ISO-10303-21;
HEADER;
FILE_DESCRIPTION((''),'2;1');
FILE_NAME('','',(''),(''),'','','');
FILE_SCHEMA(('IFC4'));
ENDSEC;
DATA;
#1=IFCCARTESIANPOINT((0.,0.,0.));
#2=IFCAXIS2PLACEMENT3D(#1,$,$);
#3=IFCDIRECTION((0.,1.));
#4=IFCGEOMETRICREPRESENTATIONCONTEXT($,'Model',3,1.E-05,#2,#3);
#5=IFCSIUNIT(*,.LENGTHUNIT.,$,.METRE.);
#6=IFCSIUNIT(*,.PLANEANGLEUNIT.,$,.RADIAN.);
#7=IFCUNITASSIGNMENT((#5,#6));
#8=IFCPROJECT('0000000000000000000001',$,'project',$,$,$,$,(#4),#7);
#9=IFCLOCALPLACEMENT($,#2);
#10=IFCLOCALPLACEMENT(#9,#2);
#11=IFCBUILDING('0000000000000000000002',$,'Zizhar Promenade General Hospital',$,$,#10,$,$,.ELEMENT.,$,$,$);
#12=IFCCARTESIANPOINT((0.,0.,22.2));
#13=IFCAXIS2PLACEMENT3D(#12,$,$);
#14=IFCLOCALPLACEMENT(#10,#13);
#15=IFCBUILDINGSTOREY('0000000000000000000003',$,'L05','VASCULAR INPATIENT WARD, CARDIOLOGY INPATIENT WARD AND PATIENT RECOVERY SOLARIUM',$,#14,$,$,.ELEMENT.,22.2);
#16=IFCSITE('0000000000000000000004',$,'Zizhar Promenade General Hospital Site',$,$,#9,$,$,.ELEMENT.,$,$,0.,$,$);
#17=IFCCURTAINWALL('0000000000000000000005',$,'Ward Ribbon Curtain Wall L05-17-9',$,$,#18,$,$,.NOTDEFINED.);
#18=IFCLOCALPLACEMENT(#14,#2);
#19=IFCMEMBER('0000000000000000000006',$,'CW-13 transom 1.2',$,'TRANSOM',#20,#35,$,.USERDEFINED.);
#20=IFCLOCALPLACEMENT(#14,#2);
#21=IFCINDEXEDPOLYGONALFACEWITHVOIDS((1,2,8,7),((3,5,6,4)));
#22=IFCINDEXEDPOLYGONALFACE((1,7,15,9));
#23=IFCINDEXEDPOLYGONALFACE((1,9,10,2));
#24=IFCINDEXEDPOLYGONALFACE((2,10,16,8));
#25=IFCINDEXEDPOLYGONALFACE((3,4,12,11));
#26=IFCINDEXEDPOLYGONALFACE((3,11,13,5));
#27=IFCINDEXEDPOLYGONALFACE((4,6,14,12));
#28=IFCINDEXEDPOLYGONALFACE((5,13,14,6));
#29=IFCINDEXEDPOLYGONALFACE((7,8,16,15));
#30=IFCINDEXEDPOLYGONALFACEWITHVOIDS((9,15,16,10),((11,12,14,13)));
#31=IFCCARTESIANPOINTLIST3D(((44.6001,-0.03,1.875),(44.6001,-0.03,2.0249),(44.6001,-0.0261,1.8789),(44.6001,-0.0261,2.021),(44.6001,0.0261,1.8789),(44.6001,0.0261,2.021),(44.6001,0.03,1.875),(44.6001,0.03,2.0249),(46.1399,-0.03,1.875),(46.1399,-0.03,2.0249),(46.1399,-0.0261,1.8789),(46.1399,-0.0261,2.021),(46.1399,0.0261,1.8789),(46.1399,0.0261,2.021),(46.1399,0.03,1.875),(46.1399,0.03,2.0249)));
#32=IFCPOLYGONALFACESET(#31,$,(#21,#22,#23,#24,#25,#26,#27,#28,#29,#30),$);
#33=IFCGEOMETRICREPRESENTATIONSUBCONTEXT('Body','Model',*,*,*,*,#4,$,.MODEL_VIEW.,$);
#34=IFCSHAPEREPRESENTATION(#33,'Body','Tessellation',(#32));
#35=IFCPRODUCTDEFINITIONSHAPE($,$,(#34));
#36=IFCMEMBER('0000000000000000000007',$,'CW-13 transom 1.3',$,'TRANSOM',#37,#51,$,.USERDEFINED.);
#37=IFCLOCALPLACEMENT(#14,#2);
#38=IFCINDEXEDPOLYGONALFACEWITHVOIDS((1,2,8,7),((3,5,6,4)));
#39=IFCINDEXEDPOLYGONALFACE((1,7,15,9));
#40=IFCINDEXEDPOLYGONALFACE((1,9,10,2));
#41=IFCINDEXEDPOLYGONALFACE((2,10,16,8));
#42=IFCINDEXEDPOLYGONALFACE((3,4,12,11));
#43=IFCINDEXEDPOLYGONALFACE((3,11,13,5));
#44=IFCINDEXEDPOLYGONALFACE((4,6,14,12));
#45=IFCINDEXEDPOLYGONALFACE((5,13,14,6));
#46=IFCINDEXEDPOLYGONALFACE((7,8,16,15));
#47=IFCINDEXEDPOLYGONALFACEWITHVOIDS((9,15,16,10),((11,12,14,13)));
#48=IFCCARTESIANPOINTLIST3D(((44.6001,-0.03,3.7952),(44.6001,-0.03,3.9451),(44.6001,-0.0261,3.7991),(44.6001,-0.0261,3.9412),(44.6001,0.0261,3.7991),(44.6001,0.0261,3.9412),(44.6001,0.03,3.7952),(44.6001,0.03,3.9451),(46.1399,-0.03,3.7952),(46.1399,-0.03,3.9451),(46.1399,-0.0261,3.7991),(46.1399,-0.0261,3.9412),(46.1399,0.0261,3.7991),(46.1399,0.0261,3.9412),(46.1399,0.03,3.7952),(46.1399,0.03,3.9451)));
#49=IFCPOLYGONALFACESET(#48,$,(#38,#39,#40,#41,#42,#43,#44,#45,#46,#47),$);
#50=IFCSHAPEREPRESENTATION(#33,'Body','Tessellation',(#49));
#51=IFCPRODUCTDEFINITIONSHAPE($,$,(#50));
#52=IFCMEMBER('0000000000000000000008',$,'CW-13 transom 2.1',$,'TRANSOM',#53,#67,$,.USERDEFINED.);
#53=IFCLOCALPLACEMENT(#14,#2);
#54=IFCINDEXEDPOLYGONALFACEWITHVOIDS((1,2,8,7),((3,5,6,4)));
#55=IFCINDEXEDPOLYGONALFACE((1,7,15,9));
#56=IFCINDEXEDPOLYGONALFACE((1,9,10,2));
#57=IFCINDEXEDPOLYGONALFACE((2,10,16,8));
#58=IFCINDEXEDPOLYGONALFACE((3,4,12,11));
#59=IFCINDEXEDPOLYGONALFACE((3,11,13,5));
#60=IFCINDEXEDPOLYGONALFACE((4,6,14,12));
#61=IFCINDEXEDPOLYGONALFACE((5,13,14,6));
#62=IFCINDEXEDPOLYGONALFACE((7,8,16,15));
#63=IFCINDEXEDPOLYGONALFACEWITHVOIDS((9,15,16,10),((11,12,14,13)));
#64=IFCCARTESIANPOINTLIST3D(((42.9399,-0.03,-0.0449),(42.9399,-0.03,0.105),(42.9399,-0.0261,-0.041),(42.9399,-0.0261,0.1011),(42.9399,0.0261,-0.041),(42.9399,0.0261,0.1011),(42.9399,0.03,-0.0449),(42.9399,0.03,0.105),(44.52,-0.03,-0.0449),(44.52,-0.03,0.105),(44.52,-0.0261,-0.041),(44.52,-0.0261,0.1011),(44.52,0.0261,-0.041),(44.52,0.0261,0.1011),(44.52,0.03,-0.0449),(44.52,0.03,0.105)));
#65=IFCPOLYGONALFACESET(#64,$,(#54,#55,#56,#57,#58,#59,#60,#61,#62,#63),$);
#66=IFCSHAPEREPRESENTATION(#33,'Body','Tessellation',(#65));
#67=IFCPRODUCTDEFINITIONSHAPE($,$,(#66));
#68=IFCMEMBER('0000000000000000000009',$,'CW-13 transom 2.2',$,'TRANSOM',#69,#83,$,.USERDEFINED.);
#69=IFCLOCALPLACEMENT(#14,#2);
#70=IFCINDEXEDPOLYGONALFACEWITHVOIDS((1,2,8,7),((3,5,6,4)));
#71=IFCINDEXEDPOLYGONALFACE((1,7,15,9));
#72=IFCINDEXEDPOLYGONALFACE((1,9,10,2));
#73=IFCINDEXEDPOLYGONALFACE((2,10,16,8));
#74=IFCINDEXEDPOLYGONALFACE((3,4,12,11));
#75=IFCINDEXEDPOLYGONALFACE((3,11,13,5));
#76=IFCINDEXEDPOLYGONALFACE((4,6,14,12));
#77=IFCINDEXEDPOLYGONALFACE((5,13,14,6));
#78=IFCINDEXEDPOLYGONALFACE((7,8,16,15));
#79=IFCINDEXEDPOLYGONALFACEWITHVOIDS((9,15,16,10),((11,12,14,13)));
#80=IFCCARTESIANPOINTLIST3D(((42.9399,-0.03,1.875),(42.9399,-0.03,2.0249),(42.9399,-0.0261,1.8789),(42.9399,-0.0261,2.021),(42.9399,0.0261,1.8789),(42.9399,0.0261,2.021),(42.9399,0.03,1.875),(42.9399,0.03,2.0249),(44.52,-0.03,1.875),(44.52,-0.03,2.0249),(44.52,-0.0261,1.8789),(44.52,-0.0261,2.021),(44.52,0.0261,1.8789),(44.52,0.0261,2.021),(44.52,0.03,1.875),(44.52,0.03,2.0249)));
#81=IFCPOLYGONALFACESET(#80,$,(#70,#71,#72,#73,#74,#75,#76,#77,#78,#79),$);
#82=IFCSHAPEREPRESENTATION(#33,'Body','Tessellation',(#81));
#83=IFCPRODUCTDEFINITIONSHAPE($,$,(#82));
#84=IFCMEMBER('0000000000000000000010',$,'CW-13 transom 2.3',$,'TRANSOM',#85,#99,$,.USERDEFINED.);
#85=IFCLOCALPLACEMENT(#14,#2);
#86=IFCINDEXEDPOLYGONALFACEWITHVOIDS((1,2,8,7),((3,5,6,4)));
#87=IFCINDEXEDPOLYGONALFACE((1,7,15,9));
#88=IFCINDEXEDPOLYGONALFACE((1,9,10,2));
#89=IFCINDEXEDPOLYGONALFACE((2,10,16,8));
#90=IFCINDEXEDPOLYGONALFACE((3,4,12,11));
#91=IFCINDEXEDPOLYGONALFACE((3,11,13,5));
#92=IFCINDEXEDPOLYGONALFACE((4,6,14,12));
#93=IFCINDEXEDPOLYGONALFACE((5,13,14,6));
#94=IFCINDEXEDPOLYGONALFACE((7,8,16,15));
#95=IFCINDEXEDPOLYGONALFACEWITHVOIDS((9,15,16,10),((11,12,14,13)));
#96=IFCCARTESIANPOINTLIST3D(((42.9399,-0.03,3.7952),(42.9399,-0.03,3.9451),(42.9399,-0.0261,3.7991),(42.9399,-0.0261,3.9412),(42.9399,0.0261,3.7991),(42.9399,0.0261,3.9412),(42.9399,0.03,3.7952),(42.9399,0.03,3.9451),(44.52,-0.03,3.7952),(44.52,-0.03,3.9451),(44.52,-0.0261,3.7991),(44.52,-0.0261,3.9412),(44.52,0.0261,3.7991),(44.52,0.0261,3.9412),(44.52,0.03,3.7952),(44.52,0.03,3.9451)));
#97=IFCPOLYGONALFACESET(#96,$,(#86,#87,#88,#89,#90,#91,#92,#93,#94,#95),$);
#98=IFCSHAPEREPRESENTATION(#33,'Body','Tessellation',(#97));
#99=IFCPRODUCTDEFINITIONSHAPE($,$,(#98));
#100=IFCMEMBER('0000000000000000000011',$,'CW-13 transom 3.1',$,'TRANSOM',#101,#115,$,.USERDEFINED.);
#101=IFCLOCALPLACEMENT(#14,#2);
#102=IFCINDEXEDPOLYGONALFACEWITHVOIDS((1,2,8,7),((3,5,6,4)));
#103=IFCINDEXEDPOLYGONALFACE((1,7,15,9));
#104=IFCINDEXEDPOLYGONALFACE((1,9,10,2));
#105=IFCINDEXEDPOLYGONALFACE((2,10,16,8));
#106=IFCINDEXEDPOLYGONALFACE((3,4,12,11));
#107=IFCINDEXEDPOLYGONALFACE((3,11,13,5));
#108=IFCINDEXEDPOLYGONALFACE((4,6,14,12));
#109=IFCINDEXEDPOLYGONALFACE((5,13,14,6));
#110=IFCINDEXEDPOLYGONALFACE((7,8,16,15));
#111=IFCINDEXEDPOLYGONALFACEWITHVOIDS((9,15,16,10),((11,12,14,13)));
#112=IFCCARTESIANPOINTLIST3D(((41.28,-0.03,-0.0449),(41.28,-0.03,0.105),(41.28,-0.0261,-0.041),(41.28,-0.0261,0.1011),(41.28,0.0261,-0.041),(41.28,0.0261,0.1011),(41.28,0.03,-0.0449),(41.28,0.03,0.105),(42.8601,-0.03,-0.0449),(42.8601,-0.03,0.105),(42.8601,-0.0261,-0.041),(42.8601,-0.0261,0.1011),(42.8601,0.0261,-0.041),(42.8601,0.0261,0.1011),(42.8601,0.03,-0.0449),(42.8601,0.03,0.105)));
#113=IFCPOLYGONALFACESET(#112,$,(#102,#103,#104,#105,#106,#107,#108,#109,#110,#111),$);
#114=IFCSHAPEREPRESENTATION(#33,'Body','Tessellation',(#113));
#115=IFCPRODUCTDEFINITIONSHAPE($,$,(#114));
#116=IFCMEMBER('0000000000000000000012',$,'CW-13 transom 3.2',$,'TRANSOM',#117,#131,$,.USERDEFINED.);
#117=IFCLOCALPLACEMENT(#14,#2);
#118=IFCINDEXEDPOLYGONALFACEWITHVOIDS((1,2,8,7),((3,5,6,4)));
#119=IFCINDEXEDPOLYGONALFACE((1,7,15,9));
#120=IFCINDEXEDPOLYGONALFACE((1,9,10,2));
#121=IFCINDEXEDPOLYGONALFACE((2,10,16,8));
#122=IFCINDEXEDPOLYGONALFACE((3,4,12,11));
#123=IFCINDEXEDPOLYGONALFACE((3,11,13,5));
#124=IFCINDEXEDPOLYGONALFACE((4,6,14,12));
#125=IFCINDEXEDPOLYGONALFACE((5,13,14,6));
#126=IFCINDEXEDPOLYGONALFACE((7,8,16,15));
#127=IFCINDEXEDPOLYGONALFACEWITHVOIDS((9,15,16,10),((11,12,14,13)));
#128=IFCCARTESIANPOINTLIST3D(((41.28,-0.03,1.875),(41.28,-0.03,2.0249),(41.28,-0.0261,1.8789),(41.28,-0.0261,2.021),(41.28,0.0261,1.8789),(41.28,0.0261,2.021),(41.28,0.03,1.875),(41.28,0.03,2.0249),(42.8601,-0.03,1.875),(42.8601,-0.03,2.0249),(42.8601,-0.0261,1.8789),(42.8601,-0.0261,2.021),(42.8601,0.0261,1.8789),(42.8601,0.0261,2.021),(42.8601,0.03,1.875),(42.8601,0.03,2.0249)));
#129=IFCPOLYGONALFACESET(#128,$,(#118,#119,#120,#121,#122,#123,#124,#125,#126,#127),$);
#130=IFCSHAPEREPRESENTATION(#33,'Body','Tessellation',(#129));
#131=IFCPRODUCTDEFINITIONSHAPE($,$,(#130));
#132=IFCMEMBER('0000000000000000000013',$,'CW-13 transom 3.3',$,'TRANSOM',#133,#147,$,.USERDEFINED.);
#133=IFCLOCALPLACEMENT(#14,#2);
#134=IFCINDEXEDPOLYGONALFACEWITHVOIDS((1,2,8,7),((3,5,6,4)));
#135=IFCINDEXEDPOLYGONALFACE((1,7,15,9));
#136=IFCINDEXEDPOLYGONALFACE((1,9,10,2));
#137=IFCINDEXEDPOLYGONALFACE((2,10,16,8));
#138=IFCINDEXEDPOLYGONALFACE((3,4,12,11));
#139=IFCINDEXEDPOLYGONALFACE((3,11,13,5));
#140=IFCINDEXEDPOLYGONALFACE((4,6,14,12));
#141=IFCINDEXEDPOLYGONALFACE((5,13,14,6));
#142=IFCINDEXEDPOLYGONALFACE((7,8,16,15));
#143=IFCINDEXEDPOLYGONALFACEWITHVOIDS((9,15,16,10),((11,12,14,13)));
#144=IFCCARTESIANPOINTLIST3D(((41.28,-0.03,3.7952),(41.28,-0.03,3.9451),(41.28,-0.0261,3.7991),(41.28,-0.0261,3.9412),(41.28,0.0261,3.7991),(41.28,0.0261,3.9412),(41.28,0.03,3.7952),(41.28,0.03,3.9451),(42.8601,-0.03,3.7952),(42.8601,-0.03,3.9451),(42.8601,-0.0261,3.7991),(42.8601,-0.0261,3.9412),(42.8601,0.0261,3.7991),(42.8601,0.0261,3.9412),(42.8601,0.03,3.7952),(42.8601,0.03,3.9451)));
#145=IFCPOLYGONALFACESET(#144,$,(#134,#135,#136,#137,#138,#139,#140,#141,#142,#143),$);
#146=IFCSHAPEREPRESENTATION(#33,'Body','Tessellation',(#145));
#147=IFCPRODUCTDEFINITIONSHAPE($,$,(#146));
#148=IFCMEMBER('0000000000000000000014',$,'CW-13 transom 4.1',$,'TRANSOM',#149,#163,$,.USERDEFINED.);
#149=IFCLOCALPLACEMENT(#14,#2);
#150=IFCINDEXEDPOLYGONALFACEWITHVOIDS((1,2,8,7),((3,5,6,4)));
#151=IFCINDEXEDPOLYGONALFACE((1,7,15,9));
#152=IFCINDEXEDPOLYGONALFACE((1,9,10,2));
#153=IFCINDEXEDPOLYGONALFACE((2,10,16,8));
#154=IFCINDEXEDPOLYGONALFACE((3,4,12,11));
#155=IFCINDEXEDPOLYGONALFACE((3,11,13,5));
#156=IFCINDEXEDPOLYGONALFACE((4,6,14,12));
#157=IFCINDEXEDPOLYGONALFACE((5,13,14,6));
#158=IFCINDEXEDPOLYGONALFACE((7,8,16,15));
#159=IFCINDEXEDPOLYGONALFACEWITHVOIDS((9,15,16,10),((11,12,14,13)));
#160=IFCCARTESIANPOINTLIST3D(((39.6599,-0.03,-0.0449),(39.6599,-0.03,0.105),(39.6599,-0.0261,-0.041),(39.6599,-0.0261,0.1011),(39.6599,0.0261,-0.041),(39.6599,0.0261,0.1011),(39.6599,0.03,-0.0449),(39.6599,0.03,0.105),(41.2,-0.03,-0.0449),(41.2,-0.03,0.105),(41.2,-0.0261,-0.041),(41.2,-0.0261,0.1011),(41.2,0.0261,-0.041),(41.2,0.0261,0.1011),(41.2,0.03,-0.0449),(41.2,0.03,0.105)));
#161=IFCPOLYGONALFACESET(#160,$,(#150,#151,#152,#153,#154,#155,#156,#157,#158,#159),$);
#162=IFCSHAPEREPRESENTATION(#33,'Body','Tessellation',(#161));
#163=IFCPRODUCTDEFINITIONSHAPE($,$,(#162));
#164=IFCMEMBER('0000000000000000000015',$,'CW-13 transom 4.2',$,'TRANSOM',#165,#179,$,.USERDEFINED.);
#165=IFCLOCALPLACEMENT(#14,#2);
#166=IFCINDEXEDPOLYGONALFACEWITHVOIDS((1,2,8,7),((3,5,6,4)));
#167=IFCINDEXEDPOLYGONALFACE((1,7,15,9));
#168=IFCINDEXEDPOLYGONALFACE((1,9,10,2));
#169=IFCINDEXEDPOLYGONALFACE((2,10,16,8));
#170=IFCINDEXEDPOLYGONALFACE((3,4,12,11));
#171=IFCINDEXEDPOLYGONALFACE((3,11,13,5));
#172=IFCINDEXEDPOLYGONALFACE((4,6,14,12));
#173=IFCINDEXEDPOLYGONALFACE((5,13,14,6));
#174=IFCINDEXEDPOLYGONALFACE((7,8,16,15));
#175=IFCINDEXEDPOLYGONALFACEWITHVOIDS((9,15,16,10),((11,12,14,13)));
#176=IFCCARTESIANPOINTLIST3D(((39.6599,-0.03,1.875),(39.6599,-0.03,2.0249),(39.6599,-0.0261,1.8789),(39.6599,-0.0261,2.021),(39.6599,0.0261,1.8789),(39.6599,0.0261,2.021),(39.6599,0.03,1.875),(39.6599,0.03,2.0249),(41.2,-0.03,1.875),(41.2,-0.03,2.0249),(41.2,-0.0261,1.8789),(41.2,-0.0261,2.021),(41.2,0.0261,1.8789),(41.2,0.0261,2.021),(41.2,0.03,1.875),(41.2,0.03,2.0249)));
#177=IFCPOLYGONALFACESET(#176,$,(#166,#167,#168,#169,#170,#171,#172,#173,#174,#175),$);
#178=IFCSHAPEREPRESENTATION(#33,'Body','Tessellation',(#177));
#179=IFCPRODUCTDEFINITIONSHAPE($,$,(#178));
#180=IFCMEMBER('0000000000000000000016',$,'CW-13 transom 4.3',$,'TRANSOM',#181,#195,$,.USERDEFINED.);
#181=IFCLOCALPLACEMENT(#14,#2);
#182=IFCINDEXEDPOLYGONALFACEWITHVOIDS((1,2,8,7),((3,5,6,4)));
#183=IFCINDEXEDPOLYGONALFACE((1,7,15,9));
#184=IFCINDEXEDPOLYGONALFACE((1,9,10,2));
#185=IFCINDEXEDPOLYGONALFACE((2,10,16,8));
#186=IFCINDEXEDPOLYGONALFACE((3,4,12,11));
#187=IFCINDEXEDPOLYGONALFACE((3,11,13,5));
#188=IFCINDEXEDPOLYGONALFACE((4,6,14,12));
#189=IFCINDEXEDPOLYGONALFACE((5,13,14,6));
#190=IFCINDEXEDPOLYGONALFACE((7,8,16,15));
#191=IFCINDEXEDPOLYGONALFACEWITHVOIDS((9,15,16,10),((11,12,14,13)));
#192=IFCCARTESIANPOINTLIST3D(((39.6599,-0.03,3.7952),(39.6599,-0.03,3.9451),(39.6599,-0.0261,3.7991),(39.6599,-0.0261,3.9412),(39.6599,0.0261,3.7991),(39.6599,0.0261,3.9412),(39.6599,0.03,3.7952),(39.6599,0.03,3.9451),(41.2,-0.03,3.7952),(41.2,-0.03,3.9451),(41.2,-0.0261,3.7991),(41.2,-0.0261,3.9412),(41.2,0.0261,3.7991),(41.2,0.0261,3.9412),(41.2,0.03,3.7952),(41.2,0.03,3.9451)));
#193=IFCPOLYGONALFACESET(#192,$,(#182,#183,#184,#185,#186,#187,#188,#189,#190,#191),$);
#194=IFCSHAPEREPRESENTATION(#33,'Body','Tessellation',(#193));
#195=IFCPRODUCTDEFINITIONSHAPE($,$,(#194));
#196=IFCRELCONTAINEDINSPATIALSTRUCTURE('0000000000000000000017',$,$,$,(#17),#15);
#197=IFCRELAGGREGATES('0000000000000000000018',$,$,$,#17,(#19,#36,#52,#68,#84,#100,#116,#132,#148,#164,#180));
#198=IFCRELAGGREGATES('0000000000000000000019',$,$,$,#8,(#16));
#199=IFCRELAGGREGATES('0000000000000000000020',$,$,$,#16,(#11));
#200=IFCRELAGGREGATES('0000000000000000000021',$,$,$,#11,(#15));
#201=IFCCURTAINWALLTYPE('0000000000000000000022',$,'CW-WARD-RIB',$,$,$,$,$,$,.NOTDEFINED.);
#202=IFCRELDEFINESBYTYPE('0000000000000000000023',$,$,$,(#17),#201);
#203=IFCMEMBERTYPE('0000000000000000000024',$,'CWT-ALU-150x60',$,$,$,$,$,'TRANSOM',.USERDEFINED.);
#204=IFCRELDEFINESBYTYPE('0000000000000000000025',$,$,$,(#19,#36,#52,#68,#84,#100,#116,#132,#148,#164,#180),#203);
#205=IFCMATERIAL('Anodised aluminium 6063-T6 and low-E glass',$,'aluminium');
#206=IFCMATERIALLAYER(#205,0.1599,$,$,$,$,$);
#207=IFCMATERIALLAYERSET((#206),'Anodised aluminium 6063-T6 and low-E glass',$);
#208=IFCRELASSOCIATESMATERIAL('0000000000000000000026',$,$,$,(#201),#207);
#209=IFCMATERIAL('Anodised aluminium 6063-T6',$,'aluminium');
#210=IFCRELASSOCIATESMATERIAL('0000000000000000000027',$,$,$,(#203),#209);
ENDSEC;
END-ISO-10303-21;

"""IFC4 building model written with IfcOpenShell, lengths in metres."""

from ifc_helpers import new_model, si_unit, direction, frame, origin, origin_2d, place, context, subcontext, project, spatial, hollow_rectangle, extrude, material, layer, layer_set, material_profile, profile_set, type_object, element, aggregate, save


model = new_model("IFC4")

# Units and contexts
model_context = context("Model", 3, precision=1e-05, world=origin(), true_north=direction((0.0, 1.0)))
body_context = subcontext(model_context, "Body", "Model", "MODEL_VIEW")
ifc_project = project(units=[si_unit("LENGTHUNIT", "METRE"), si_unit("PLANEANGLEUNIT", "RADIAN")], contexts=[model_context])

# Site, building, storey
site_placement = place(None, origin())
site = spatial("IfcSite", under=ifc_project, at=site_placement, Name="Zizhar Promenade General Hospital Site", CompositionType="ELEMENT", RefElevation=0.0)
building_placement = place(site_placement, origin())
building = spatial("IfcBuilding", under=site, at=building_placement, Name="Zizhar Promenade General Hospital", CompositionType="ELEMENT")
storey_placement = place(building_placement, frame((0.0, 0.0, 22.2)))
storey = spatial("IfcBuildingStorey", under=building, at=storey_placement, Name="L05", Description="VASCULAR INPATIENT WARD, CARDIOLOGY INPATIENT WARD AND PATIENT RECOVERY SOLARIUM", CompositionType="ELEMENT", Elevation=22.2)

# Shared definitions
ifc_material_1 = material(Name="Anodised aluminium 6063-T6 and low-E glass", Category="aluminium")
ifc_layer_1 = layer(ifc_material_1, 0.1599)
ifc_layer_set_1 = layer_set([ifc_layer_1], Name="Anodised aluminium 6063-T6 and low-E glass")
curtain_wall_type = type_object("IfcCurtainWallType", Name="CW-WARD-RIB", PredefinedType="NOTDEFINED", material=ifc_layer_set_1)

# Curtain wall, members
curtain_wall_1_placement = place(storey_placement, origin())
curtain_wall_1 = element("IfcCurtainWall", 1, at=curtain_wall_1_placement, inside=storey, type_object=curtain_wall_type, Name="Ward Ribbon Curtain Wall L05-17-9", PredefinedType="NOTDEFINED")
ifc_material_2 = material(Name="Anodised aluminium 6063-T6", Category="aluminium")
ifc_material_profile_1 = material_profile(ifc_material_2, hollow_rectangle(XDim=0.0601, YDim=0.1499, WallThickness=0.0039, at=origin_2d()))
ifc_profile_set_1 = profile_set([ifc_material_profile_1], Name="Anodised aluminium 6063-T6")
member_type_1 = type_object("IfcMemberType", Name="CWT-ALU-150x60", ElementType="TRANSOM", PredefinedType="USERDEFINED", material=ifc_profile_set_1)
member_1_placement = place(storey_placement, frame((46.1399, 0.0, 1.95), z_axis=(-1.0, 0.0, 0.0), x_axis=(0.0, -1.0, 0.0)))
member_1 = element("IfcMember", 2, at=member_1_placement, type_object=member_type_1, Name="CW-13 transom 1.2", ObjectType="TRANSOM", PredefinedType="USERDEFINED", context=body_context, shape_type="SweptSolid", body=[
    extrude(hollow_rectangle(XDim=0.0601, YDim=0.1499, WallThickness=0.0039, at=origin_2d()), origin(), (0.0, 0.0, 1.0), 1.5398),
])
member_2_placement = place(storey_placement, frame((46.1399, 0.0, 3.8701), z_axis=(-1.0, 0.0, 0.0), x_axis=(0.0, -1.0, 0.0)))
member_2 = element("IfcMember", 3, at=member_2_placement, type_object=member_type_1, Name="CW-13 transom 1.3", ObjectType="TRANSOM", PredefinedType="USERDEFINED", context=body_context, shape_type="SweptSolid", body=[
    extrude(hollow_rectangle(XDim=0.0601, YDim=0.1499, WallThickness=0.0039, at=origin_2d()), origin(), (0.0, 0.0, 1.0), 1.5398),
])
member_3_placement = place(storey_placement, frame((44.52, 0.0, 0.03), z_axis=(-1.0, 0.0, 0.0), x_axis=(0.0, -1.0, 0.0)))
member_3 = element("IfcMember", 4, at=member_3_placement, type_object=member_type_1, Name="CW-13 transom 2.1", ObjectType="TRANSOM", PredefinedType="USERDEFINED", context=body_context, shape_type="SweptSolid", body=[
    extrude(hollow_rectangle(XDim=0.0601, YDim=0.1499, WallThickness=0.0039, at=origin_2d()), origin(), (0.0, 0.0, 1.0), 1.5801),
])
member_4_placement = place(storey_placement, frame((44.52, 0.0, 1.95), z_axis=(-1.0, 0.0, 0.0), x_axis=(0.0, -1.0, 0.0)))
member_4 = element("IfcMember", 5, at=member_4_placement, type_object=member_type_1, Name="CW-13 transom 2.2", ObjectType="TRANSOM", PredefinedType="USERDEFINED", context=body_context, shape_type="SweptSolid", body=[
    extrude(hollow_rectangle(XDim=0.0601, YDim=0.1499, WallThickness=0.0039, at=origin_2d()), origin(), (0.0, 0.0, 1.0), 1.5801),
])
member_5_placement = place(storey_placement, frame((44.52, 0.0, 3.8701), z_axis=(-1.0, 0.0, 0.0), x_axis=(0.0, -1.0, 0.0)))
member_5 = element("IfcMember", 6, at=member_5_placement, type_object=member_type_1, Name="CW-13 transom 2.3", ObjectType="TRANSOM", PredefinedType="USERDEFINED", context=body_context, shape_type="SweptSolid", body=[
    extrude(hollow_rectangle(XDim=0.0601, YDim=0.1499, WallThickness=0.0039, at=origin_2d()), origin(), (0.0, 0.0, 1.0), 1.5801),
])
member_6_placement = place(storey_placement, frame((42.8601, 0.0, 0.03), z_axis=(-1.0, 0.0, 0.0), x_axis=(0.0, -1.0, 0.0)))
member_6 = element("IfcMember", 7, at=member_6_placement, type_object=member_type_1, Name="CW-13 transom 3.1", ObjectType="TRANSOM", PredefinedType="USERDEFINED", context=body_context, shape_type="SweptSolid", body=[
    extrude(hollow_rectangle(XDim=0.0601, YDim=0.1499, WallThickness=0.0039, at=origin_2d()), origin(), (0.0, 0.0, 1.0), 1.5801),
])
member_7_placement = place(storey_placement, frame((42.8601, 0.0, 1.95), z_axis=(-1.0, 0.0, 0.0), x_axis=(0.0, -1.0, 0.0)))
member_7 = element("IfcMember", 8, at=member_7_placement, type_object=member_type_1, Name="CW-13 transom 3.2", ObjectType="TRANSOM", PredefinedType="USERDEFINED", context=body_context, shape_type="SweptSolid", body=[
    extrude(hollow_rectangle(XDim=0.0601, YDim=0.1499, WallThickness=0.0039, at=origin_2d()), origin(), (0.0, 0.0, 1.0), 1.5801),
])
member_8_placement = place(storey_placement, frame((42.8601, 0.0, 3.8701), z_axis=(-1.0, 0.0, 0.0), x_axis=(0.0, -1.0, 0.0)))
member_8 = element("IfcMember", 9, at=member_8_placement, type_object=member_type_1, Name="CW-13 transom 3.3", ObjectType="TRANSOM", PredefinedType="USERDEFINED", context=body_context, shape_type="SweptSolid", body=[
    extrude(hollow_rectangle(XDim=0.0601, YDim=0.1499, WallThickness=0.0039, at=origin_2d()), origin(), (0.0, 0.0, 1.0), 1.5801),
])
member_9_placement = place(storey_placement, frame((41.2, 0.0, 0.03), z_axis=(-1.0, 0.0, 0.0), x_axis=(0.0, -1.0, 0.0)))
member_9 = element("IfcMember", 10, at=member_9_placement, type_object=member_type_1, Name="CW-13 transom 4.1", ObjectType="TRANSOM", PredefinedType="USERDEFINED", context=body_context, shape_type="SweptSolid", body=[
    extrude(hollow_rectangle(XDim=0.0601, YDim=0.1499, WallThickness=0.0039, at=origin_2d()), origin(), (0.0, 0.0, 1.0), 1.54),
])
member_10_placement = place(storey_placement, frame((41.2, 0.0, 1.95), z_axis=(-1.0, 0.0, 0.0), x_axis=(0.0, -1.0, 0.0)))
member_10 = element("IfcMember", 11, at=member_10_placement, type_object=member_type_1, Name="CW-13 transom 4.2", ObjectType="TRANSOM", PredefinedType="USERDEFINED", context=body_context, shape_type="SweptSolid", body=[
    extrude(hollow_rectangle(XDim=0.0601, YDim=0.1499, WallThickness=0.0039, at=origin_2d()), origin(), (0.0, 0.0, 1.0), 1.54),
])
member_11_placement = place(storey_placement, frame((41.2, 0.0, 3.8701), z_axis=(-1.0, 0.0, 0.0), x_axis=(0.0, -1.0, 0.0)))
member_11 = element("IfcMember", 12, at=member_11_placement, type_object=member_type_1, Name="CW-13 transom 4.3", ObjectType="TRANSOM", PredefinedType="USERDEFINED", context=body_context, shape_type="SweptSolid", body=[
    extrude(hollow_rectangle(XDim=0.0601, YDim=0.1499, WallThickness=0.0039, at=origin_2d()), origin(), (0.0, 0.0, 1.0), 1.54),
])
aggregate(curtain_wall_1, [member_1, member_2, member_3, member_4, member_5, member_6, member_7, member_8, member_9, member_10, member_11])

save(model, "model.ifc")
